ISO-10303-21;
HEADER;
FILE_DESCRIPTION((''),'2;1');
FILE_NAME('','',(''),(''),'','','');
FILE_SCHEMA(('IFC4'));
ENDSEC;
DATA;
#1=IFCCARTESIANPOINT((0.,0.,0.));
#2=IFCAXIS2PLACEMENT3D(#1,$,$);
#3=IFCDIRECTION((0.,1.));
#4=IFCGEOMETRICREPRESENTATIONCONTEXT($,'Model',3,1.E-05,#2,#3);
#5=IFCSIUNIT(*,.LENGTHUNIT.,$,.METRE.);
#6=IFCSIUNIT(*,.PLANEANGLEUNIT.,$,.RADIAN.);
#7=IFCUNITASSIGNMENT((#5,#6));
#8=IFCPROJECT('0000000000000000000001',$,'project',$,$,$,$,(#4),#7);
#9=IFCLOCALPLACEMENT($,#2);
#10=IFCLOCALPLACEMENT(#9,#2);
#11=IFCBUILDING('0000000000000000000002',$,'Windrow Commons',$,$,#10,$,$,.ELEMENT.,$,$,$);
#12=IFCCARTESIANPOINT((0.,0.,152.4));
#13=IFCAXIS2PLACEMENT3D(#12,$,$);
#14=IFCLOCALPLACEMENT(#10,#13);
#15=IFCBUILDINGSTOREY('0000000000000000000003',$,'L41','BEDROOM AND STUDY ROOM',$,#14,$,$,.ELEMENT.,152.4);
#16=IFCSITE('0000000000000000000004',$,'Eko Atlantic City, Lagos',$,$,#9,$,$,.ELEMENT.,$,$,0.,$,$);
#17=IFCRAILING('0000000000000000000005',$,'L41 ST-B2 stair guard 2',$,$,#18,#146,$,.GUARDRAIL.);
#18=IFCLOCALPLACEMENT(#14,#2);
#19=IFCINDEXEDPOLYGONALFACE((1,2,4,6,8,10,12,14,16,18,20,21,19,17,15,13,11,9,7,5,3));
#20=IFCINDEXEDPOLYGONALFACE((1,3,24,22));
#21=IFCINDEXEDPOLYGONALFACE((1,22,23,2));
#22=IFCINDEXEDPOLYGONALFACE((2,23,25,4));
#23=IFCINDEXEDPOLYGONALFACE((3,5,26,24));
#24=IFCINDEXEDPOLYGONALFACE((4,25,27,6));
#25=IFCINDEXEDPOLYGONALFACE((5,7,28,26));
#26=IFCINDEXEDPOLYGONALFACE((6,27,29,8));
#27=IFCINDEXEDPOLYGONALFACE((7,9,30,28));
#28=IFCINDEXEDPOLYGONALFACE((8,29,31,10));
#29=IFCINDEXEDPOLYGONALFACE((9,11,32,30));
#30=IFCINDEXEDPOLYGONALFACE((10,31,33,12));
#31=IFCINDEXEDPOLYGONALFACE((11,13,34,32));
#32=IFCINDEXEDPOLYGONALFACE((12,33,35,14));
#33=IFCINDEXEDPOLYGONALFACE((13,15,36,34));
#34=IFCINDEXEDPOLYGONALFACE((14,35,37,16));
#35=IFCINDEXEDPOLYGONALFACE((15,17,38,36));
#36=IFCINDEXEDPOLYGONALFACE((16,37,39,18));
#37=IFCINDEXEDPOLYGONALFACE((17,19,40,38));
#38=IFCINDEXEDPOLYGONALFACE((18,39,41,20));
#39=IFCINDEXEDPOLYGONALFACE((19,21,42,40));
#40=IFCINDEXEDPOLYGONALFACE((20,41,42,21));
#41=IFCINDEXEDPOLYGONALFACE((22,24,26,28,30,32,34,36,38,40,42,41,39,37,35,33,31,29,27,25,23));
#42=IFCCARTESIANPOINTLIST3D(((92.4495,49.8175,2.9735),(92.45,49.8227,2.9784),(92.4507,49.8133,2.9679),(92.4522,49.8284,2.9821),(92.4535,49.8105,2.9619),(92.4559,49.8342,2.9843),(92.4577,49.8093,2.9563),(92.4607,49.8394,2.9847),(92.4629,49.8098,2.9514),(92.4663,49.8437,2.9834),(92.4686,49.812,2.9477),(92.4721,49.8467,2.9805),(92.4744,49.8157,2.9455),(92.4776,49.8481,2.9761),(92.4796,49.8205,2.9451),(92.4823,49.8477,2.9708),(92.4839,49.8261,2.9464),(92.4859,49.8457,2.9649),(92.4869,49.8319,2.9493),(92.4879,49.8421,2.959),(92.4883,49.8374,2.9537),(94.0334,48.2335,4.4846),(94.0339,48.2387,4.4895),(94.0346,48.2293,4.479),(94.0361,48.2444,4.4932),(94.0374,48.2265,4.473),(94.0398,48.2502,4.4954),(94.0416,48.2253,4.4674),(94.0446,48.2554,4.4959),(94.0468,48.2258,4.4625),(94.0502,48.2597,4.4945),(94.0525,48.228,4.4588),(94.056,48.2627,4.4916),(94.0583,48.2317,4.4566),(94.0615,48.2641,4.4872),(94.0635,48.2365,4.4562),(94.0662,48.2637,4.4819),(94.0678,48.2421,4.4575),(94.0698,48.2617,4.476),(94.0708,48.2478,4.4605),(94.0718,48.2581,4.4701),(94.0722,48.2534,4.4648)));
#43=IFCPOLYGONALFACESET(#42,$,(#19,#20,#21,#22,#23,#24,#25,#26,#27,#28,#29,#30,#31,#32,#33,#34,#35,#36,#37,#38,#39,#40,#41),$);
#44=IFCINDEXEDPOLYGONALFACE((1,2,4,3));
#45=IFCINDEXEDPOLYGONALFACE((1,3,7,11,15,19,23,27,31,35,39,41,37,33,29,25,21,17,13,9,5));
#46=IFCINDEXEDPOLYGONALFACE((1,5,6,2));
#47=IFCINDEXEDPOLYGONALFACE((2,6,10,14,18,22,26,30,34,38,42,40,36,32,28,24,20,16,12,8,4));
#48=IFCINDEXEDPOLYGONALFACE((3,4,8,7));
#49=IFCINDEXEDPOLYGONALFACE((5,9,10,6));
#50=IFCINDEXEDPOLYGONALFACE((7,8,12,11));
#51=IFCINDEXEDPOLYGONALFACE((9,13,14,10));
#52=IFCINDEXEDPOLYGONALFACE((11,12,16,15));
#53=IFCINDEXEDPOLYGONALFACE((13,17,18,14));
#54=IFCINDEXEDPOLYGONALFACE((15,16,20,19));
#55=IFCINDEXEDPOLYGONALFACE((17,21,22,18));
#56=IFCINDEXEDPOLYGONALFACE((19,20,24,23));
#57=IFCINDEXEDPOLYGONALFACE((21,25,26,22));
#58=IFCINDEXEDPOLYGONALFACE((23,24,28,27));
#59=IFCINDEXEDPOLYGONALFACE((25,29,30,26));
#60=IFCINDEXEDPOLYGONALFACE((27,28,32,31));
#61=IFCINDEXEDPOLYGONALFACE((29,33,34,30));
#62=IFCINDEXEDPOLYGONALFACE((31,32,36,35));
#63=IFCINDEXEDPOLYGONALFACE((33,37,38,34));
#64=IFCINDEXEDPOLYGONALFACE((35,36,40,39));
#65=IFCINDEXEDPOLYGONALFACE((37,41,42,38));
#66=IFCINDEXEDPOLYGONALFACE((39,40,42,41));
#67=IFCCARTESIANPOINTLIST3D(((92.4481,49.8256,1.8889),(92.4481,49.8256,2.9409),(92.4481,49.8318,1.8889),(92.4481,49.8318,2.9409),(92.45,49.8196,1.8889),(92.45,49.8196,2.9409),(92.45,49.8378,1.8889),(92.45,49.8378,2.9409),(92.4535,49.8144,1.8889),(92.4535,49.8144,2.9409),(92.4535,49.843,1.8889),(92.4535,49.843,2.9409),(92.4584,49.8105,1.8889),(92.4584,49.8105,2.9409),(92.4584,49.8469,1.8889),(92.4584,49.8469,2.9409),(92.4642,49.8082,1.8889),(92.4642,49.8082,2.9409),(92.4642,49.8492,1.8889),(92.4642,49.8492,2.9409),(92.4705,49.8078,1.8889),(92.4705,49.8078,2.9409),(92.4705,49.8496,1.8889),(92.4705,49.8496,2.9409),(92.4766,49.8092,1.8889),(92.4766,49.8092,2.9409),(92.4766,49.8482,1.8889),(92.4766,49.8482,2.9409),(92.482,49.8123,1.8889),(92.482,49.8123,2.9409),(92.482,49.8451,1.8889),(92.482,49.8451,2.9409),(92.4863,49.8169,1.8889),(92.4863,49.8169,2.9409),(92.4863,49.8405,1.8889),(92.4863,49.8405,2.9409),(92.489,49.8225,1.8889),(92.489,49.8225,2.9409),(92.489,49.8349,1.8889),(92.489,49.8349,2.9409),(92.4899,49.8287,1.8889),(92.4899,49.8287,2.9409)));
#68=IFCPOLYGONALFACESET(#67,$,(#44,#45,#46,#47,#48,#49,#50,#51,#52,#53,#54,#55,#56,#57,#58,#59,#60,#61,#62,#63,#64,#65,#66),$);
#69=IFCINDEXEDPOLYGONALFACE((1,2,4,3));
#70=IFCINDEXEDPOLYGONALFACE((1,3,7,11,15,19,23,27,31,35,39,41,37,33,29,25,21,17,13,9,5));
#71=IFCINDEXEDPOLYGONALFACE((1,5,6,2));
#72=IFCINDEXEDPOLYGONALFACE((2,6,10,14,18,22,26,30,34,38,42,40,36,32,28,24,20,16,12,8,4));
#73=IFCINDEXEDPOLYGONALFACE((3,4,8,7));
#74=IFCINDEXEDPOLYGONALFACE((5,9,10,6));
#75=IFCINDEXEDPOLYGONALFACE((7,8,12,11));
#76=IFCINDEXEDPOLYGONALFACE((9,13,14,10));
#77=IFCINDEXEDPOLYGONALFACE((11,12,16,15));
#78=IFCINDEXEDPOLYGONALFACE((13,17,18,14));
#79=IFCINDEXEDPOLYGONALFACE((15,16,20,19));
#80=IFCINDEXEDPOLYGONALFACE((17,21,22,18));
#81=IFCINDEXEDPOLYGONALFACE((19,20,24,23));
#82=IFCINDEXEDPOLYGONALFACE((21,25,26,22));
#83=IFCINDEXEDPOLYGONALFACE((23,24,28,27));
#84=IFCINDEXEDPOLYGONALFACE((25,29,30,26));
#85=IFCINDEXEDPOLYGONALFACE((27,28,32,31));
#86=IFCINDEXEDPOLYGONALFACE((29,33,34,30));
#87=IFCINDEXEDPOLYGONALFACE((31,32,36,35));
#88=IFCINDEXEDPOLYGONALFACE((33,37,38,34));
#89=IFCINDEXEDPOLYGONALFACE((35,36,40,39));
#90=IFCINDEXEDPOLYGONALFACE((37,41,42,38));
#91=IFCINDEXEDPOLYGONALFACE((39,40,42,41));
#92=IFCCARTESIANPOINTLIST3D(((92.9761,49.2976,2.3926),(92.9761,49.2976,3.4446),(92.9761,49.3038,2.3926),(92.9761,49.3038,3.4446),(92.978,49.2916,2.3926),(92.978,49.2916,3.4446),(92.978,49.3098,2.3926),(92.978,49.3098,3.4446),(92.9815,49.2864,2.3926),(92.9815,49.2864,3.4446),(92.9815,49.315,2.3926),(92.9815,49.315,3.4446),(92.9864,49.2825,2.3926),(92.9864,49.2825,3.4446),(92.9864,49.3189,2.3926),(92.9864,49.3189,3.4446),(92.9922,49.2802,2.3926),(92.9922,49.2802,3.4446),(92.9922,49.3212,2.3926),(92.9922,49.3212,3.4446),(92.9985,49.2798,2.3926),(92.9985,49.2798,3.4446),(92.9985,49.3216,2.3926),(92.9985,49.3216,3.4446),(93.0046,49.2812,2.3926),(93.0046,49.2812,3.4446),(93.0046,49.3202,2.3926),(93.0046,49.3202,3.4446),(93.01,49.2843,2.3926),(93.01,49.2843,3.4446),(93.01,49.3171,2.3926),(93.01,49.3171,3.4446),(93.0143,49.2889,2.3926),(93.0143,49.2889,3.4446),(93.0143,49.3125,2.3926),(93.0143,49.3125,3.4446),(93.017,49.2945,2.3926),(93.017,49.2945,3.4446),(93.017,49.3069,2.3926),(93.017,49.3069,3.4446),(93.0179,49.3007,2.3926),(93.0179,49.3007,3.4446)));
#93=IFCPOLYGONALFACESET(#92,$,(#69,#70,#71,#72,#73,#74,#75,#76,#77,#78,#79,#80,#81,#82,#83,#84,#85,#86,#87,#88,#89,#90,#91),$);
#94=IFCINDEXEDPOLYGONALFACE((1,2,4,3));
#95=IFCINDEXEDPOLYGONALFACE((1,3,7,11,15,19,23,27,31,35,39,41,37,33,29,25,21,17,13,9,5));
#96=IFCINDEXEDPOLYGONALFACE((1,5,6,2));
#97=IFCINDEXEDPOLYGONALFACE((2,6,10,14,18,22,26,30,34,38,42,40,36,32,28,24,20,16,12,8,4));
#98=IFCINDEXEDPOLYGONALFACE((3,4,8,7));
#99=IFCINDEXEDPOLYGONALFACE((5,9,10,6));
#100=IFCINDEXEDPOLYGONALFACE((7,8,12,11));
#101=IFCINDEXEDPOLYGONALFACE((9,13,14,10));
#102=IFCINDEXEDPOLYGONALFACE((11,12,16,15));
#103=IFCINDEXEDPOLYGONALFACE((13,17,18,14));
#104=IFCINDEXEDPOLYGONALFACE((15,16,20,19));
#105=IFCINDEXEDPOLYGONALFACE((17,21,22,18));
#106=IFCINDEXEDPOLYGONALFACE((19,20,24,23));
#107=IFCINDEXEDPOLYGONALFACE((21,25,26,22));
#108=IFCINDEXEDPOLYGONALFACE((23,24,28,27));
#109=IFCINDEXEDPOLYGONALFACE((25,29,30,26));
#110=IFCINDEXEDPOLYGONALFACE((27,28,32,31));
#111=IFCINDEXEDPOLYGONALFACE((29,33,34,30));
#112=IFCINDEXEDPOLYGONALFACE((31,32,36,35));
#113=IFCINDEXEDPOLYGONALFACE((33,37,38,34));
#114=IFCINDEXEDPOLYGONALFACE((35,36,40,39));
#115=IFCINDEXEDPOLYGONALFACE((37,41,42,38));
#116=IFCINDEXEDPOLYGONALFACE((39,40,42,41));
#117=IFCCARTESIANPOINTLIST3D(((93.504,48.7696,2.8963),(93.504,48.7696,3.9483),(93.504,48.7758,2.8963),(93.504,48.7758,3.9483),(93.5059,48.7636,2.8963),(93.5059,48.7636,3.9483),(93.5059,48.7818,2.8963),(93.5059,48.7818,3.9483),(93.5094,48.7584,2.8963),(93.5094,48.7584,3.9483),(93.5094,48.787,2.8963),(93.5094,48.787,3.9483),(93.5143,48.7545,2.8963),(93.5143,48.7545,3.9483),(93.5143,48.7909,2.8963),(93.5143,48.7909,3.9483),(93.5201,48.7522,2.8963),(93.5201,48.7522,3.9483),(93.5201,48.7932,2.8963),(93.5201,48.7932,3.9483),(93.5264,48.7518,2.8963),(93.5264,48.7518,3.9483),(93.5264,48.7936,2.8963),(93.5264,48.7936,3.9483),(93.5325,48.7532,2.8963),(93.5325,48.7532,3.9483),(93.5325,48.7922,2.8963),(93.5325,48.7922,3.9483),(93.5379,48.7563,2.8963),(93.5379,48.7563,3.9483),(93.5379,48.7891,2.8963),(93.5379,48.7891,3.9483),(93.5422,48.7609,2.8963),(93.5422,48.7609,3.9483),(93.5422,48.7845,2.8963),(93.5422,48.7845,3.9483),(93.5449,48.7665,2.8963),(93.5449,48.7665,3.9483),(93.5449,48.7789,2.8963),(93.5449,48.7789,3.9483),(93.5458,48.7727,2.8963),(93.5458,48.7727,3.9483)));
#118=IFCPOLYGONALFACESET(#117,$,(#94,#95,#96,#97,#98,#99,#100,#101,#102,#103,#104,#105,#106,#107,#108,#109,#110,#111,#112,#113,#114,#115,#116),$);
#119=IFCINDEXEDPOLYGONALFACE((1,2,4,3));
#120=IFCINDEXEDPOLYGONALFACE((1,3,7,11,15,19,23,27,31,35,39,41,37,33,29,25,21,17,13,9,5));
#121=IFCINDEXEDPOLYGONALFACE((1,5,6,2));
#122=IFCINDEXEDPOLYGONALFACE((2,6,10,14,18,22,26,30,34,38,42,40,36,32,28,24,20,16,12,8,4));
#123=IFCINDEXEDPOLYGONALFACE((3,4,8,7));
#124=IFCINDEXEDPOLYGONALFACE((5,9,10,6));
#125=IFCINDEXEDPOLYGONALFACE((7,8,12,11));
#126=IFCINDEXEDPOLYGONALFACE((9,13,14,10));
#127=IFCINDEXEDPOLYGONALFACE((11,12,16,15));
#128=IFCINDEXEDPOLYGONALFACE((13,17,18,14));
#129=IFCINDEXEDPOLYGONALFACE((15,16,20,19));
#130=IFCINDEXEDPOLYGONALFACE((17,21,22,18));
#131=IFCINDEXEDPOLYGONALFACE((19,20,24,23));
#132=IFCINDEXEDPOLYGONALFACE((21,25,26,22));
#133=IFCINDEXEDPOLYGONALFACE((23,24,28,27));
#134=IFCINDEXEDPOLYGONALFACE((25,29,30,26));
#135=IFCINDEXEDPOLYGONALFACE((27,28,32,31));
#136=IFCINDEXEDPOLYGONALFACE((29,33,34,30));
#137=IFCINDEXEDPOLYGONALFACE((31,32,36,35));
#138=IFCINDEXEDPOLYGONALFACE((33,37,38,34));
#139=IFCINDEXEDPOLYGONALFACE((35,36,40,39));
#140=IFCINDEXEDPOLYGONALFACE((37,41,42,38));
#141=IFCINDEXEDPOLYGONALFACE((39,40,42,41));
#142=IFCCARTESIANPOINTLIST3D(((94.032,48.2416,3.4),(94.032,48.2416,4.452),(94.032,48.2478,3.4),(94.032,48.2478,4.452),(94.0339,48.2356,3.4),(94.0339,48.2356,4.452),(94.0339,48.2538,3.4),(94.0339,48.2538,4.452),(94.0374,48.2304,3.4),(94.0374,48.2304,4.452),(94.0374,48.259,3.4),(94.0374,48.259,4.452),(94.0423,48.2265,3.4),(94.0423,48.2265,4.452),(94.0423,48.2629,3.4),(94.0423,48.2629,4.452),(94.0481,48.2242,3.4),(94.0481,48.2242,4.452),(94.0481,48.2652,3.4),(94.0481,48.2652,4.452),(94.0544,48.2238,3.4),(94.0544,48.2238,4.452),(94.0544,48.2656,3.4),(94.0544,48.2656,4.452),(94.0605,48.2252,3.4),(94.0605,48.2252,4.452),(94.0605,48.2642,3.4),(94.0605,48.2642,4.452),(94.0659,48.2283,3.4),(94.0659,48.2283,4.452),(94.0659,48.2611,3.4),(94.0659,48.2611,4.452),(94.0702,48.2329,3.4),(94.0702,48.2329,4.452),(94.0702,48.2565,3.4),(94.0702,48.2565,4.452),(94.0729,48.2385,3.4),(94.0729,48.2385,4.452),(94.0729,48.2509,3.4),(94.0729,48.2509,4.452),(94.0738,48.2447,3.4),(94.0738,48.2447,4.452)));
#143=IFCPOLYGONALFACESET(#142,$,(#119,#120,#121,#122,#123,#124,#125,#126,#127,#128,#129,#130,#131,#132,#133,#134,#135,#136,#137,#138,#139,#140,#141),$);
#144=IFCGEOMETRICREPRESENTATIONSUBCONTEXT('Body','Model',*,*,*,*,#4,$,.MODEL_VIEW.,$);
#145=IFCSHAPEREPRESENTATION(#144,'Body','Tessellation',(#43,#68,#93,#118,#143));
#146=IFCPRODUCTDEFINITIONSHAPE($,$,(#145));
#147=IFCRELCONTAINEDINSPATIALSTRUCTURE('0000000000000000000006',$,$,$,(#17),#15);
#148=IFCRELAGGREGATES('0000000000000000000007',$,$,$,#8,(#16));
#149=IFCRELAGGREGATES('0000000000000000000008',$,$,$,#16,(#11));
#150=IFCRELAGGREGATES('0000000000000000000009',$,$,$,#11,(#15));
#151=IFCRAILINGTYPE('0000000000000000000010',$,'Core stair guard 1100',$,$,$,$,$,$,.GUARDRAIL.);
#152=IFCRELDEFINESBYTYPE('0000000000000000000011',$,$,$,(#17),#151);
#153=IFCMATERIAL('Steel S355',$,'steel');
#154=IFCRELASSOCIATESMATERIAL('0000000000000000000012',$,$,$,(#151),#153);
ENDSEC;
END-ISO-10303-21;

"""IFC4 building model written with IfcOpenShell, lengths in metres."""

from ifc_helpers import new_model, si_unit, direction, frame, origin, origin_2d, place, context, subcontext, project, spatial, circle, extrude, material, type_object, element, save


model = new_model("IFC4")

# Units and contexts
model_context = context("Model", 3, precision=1e-05, world=origin(), true_north=direction((0.0, 1.0)))
body_context = subcontext(model_context, "Body", "Model", "MODEL_VIEW")
ifc_project = project(units=[si_unit("LENGTHUNIT", "METRE"), si_unit("PLANEANGLEUNIT", "RADIAN")], contexts=[model_context])

# Site, building, storey
site_placement = place(None, origin())
site = spatial("IfcSite", under=ifc_project, at=site_placement, Name="Eko Atlantic City, Lagos", CompositionType="ELEMENT", RefElevation=0.0)
building_placement = place(site_placement, origin())
building = spatial("IfcBuilding", under=site, at=building_placement, Name="Windrow Commons", CompositionType="ELEMENT")
storey_placement = place(building_placement, frame((0.0, 0.0, 152.4)))
storey = spatial("IfcBuildingStorey", under=building, at=storey_placement, Name="L41", Description="BEDROOM AND STUDY ROOM", CompositionType="ELEMENT", Elevation=152.4)

# Railing
ifc_material_1 = material(Name="Steel S355", Category="steel")
railing_type_1 = type_object("IfcRailingType", Name="Core stair guard 1100", PredefinedType="GUARDRAIL", material=ifc_material_1)
railing_1_placement = place(storey_placement, frame((92.4689, 49.8287, 1.8889)))
element("IfcRailing", 1, at=railing_1_placement, inside=storey, type_object=railing_type_1, Name="L41 ST-B2 stair guard 2", PredefinedType="GUARDRAIL", context=body_context, shape_type="SweptSolid", body=[
    extrude(circle(Radius=0.024, at=origin_2d()), frame((0.0, 0.0, 1.076), z_axis=(0.586179, -0.586216, 0.559237), x_axis=(0.707129, 0.707084, 0.0)), (0.0, 0.0, 1.0), 2.7021),
    extrude(circle(Radius=0.021, at=origin_2d()), origin(), (0.0, 0.0, 1.0), 1.052),
    extrude(circle(Radius=0.021, at=origin_2d()), frame((0.528, -0.528, 0.5037)), (0.0, 0.0, 1.0), 1.052),
    extrude(circle(Radius=0.021, at=origin_2d()), frame((1.0559, -1.056, 1.0074)), (0.0, 0.0, 1.0), 1.052),
    extrude(circle(Radius=0.021, at=origin_2d()), frame((1.5839, -1.584, 1.5111)), (0.0, 0.0, 1.0), 1.052),
])

save(model, "model.ifc")
